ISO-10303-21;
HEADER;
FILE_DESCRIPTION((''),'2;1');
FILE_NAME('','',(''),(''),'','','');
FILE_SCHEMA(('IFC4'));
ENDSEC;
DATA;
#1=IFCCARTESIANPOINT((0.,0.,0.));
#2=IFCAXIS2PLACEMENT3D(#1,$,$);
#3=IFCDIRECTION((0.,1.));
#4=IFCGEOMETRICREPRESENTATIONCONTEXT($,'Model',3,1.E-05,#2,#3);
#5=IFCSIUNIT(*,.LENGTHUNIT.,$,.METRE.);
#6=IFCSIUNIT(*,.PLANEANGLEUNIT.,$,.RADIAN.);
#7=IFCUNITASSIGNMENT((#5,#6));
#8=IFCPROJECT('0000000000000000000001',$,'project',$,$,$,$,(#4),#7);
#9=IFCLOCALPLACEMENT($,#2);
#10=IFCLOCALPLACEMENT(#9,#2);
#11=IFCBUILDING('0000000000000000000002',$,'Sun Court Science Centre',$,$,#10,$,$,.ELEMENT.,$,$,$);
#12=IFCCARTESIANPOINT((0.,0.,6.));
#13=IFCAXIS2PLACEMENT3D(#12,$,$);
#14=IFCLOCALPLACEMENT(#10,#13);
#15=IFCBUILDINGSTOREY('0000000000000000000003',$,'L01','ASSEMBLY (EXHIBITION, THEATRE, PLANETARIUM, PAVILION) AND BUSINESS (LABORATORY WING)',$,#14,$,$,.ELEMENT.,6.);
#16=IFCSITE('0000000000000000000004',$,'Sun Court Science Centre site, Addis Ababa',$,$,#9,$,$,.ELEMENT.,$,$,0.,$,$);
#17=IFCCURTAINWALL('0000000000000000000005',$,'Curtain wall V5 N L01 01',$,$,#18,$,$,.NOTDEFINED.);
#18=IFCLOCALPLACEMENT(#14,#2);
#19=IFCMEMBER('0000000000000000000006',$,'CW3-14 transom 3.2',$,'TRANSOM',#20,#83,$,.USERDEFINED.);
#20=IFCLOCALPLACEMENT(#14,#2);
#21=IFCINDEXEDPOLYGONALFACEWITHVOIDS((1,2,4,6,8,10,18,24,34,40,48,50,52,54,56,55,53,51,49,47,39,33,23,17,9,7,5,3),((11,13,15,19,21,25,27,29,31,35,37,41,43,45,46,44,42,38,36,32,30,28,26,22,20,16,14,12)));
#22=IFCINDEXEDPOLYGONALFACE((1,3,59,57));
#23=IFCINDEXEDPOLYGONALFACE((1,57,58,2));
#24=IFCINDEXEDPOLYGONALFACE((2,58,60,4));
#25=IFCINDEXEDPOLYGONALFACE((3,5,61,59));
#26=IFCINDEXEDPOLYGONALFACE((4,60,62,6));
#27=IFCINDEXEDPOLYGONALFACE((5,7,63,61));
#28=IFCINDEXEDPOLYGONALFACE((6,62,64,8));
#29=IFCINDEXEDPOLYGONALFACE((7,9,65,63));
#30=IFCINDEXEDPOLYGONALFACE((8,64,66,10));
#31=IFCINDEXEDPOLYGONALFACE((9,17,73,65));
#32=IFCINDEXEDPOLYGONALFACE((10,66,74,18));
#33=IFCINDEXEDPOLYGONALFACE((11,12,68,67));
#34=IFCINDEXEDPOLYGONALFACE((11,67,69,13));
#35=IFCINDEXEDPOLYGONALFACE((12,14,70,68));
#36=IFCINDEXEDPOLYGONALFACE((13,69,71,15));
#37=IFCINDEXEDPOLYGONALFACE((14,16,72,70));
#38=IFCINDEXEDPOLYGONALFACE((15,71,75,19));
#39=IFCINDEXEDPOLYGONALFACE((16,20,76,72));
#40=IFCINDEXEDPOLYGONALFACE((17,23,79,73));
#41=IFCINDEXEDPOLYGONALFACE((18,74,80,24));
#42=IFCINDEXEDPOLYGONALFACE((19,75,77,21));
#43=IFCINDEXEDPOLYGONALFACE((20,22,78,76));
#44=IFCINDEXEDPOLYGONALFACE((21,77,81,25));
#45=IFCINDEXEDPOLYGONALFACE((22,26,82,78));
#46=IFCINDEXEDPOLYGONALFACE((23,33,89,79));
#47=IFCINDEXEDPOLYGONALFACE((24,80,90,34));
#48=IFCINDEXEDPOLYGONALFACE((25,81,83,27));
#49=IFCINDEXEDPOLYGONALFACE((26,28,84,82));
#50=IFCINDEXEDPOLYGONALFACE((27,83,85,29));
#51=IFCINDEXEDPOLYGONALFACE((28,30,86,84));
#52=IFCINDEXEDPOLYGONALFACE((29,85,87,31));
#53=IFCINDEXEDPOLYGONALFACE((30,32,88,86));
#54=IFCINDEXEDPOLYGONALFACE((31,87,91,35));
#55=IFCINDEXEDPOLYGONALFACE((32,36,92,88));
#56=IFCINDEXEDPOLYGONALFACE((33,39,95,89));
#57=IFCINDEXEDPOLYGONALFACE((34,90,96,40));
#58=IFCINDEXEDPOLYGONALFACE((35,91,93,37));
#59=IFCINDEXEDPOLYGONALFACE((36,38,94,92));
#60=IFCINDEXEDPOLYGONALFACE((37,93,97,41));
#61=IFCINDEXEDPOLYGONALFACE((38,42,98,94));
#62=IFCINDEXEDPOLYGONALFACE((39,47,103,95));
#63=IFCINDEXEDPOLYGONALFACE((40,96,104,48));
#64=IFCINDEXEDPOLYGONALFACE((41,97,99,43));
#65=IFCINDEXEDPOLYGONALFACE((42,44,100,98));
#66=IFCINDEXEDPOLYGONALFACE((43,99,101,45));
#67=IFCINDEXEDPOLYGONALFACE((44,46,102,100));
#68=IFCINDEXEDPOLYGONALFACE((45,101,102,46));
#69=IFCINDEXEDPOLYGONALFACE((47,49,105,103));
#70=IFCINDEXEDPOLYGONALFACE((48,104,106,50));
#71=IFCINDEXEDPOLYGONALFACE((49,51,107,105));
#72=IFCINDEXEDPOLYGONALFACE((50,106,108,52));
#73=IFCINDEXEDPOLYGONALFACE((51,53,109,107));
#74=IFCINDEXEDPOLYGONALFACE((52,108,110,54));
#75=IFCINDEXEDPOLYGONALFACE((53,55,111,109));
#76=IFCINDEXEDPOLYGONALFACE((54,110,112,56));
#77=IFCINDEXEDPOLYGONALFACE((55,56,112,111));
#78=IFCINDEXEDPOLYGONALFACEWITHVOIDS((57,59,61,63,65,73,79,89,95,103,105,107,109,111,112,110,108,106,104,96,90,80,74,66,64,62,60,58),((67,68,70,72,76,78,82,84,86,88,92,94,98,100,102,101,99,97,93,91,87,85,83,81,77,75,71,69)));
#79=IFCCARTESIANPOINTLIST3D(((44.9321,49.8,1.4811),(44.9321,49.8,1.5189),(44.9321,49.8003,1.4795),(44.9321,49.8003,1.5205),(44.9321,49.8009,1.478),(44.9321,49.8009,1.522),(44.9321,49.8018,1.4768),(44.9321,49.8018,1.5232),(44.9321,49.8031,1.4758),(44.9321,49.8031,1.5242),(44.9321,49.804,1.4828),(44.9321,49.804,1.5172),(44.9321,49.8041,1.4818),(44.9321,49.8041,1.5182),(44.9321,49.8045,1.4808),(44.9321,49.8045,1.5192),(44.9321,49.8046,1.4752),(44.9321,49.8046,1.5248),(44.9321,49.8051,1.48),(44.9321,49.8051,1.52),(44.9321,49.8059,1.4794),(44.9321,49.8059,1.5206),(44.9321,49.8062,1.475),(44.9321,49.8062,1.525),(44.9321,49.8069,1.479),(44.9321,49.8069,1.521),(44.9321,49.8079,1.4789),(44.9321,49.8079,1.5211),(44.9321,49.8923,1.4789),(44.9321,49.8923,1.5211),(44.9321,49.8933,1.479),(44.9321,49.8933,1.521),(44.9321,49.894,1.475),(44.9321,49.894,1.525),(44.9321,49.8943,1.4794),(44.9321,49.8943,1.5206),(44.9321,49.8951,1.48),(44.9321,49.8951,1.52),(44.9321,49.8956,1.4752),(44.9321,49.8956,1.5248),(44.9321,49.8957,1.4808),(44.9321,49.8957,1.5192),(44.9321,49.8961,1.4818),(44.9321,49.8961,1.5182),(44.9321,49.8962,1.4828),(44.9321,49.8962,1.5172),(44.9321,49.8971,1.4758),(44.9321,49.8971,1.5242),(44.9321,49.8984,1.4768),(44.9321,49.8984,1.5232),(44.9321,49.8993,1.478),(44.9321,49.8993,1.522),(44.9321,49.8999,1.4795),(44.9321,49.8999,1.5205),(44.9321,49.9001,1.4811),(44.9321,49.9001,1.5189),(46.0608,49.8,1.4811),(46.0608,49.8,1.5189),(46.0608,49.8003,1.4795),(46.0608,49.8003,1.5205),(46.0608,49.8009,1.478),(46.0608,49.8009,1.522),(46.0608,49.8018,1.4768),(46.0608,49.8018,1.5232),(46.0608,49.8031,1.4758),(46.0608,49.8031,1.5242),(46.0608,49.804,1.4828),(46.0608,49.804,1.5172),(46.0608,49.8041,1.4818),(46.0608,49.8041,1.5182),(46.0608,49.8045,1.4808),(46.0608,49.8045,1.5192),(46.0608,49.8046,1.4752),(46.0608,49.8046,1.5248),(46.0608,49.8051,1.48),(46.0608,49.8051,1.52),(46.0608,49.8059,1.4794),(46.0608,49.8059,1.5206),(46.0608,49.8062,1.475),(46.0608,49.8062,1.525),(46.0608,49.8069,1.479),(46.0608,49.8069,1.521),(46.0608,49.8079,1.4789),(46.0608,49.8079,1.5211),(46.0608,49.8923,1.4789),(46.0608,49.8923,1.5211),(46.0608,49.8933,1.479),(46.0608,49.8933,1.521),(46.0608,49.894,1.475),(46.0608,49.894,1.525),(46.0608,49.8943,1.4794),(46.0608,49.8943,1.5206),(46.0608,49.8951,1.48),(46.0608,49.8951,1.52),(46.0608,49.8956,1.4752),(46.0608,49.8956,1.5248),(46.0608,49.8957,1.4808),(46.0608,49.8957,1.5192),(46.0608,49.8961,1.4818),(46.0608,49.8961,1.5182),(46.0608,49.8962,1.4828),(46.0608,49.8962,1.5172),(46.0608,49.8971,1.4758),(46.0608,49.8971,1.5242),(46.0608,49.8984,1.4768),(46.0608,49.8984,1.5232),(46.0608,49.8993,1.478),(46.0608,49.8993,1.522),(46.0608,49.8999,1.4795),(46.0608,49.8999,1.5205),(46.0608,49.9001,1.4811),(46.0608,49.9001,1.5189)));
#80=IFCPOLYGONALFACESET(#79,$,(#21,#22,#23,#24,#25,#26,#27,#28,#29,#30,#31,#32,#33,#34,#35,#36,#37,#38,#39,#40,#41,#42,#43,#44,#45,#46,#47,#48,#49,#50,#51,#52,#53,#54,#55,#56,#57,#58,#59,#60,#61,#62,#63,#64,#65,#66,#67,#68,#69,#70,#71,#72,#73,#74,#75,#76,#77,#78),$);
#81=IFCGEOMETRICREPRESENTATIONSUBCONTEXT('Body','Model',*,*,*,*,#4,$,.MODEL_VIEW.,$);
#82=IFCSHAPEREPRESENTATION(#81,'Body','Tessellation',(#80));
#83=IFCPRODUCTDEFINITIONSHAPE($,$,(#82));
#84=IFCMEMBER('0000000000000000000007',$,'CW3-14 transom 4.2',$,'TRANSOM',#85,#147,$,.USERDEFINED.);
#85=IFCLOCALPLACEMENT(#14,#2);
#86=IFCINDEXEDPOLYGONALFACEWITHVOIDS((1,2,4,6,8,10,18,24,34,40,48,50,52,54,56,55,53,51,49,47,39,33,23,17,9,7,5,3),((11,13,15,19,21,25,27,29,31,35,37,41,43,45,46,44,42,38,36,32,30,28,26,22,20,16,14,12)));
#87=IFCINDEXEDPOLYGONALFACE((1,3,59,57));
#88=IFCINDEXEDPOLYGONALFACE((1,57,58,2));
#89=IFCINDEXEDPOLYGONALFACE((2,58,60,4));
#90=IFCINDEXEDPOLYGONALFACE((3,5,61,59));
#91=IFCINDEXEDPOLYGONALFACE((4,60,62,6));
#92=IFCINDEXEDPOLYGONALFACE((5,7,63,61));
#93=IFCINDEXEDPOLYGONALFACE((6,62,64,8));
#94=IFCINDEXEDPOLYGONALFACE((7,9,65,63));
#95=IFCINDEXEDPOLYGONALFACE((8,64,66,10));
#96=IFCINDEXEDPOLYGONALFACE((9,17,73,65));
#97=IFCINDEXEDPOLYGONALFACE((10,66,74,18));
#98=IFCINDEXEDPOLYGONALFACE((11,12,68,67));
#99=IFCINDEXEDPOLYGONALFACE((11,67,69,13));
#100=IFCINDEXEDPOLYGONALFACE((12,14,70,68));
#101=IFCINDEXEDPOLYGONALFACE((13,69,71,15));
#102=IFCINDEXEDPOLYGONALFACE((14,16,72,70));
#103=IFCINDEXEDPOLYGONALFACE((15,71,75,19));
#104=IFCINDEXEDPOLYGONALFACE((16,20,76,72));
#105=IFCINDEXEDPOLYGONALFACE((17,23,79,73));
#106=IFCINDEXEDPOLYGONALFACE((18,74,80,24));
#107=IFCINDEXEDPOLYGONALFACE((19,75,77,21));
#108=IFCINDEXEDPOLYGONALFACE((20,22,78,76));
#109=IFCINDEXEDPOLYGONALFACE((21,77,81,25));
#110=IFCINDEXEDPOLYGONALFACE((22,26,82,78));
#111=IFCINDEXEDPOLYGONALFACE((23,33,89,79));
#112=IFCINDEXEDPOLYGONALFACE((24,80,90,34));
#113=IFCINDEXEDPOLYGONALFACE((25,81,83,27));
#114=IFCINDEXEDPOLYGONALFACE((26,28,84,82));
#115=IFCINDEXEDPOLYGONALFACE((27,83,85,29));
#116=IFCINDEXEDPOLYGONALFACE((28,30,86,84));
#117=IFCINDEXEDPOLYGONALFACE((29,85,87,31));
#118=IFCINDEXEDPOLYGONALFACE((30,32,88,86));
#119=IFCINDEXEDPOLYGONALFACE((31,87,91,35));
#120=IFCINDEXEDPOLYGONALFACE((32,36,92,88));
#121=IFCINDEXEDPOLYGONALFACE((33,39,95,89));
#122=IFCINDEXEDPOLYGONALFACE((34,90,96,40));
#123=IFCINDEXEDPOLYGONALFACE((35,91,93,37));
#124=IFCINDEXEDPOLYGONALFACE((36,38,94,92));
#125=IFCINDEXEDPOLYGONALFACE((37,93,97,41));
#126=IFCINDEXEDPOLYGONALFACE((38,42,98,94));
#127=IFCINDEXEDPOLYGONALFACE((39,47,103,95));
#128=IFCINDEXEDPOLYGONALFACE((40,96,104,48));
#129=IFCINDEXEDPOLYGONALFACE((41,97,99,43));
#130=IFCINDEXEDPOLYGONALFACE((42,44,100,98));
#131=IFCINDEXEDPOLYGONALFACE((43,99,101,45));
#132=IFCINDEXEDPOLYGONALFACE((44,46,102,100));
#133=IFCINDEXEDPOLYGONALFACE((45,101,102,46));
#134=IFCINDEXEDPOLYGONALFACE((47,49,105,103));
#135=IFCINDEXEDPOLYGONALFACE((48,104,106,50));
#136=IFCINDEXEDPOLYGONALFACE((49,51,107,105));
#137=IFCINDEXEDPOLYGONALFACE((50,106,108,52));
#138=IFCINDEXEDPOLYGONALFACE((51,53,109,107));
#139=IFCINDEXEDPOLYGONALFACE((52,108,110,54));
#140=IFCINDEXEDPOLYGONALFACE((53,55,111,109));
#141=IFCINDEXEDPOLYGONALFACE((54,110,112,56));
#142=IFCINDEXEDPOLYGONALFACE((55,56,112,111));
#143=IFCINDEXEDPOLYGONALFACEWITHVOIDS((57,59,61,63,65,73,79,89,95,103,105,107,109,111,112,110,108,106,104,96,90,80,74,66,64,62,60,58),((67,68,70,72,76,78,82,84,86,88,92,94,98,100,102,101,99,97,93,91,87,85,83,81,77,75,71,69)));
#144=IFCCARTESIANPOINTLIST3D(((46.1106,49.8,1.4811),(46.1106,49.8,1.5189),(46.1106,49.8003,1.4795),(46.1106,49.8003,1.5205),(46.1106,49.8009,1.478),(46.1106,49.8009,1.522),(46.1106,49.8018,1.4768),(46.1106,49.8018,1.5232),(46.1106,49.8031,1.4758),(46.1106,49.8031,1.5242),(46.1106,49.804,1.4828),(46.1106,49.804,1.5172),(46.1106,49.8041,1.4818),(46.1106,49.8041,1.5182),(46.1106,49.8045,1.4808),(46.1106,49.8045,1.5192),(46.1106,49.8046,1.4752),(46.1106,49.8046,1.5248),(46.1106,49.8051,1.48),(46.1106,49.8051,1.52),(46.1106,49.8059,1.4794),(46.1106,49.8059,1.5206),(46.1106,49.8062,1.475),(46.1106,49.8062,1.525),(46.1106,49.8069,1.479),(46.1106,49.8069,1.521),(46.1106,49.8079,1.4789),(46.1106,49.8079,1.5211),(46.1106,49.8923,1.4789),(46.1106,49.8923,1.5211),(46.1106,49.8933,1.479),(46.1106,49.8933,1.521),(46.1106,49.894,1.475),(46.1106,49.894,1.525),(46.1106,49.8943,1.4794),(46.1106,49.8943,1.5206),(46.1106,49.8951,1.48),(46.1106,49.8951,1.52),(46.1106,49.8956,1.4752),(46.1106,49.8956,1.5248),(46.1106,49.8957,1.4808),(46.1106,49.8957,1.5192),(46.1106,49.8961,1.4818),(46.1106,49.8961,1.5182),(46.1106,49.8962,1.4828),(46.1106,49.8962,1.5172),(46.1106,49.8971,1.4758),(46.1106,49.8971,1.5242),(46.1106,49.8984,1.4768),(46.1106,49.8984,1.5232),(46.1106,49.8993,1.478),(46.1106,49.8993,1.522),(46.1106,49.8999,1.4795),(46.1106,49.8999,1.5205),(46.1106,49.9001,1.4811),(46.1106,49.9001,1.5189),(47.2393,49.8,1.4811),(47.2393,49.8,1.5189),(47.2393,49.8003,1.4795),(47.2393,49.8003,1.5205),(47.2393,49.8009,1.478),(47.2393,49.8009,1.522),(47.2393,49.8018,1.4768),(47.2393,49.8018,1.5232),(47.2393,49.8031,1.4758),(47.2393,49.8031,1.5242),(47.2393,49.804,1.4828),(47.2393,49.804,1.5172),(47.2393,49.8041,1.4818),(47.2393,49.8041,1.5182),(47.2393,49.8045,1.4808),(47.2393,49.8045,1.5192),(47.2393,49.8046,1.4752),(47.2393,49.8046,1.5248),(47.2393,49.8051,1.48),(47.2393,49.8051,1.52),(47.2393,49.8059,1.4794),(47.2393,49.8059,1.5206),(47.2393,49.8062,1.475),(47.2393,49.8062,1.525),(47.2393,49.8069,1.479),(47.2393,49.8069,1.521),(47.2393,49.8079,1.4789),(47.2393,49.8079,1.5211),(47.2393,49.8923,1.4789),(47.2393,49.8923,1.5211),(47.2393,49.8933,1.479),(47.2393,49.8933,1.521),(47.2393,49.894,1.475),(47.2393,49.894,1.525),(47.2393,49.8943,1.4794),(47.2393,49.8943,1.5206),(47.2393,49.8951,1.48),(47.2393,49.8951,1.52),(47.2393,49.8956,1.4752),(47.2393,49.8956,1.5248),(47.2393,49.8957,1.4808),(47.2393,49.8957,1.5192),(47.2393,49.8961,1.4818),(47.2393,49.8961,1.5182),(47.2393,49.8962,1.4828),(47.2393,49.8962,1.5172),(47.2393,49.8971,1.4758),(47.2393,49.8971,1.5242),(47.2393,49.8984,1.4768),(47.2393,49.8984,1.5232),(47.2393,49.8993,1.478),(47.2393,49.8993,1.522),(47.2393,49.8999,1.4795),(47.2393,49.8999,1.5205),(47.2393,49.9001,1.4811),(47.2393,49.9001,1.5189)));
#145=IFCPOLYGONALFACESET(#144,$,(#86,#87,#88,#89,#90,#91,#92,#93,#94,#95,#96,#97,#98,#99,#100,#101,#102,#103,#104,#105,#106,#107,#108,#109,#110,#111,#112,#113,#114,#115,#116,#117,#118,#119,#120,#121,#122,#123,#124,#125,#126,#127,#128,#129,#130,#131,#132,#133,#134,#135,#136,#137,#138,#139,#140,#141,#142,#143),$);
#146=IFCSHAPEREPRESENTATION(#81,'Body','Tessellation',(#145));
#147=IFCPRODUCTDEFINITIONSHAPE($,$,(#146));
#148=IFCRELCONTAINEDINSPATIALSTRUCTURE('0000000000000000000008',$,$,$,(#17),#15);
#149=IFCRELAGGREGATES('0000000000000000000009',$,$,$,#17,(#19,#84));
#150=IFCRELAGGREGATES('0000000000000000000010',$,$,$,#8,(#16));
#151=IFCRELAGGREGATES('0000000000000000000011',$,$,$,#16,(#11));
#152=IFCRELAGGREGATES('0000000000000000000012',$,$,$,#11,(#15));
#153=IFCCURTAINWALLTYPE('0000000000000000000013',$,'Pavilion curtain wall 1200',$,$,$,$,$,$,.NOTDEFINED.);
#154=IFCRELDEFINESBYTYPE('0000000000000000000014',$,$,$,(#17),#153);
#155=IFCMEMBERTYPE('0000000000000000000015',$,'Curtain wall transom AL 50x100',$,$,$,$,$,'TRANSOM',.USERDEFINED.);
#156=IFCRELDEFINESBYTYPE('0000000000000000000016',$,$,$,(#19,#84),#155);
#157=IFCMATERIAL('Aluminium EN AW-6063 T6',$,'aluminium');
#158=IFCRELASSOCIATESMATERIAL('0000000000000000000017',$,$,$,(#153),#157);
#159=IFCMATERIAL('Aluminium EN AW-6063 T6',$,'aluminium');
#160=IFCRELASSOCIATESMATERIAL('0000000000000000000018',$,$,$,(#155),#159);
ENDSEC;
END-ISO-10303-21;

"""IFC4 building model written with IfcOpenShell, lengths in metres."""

from ifc_helpers import new_model, si_unit, direction, frame, origin, origin_2d, place, context, subcontext, project, spatial, hollow_rectangle, extrude, material, material_profile, profile_set, type_object, element, aggregate, save


model = new_model("IFC4")

# Units and contexts
model_context = context("Model", 3, precision=1e-05, world=origin(), true_north=direction((0.0, 1.0)))
body_context = subcontext(model_context, "Body", "Model", "MODEL_VIEW")
ifc_project = project(units=[si_unit("LENGTHUNIT", "METRE"), si_unit("PLANEANGLEUNIT", "RADIAN")], contexts=[model_context])

# Site, building, storey
site_placement = place(None, origin())
site = spatial("IfcSite", under=ifc_project, at=site_placement, Name="Sun Court Science Centre site, Addis Ababa", CompositionType="ELEMENT", RefElevation=0.0)
building_placement = place(site_placement, origin())
building = spatial("IfcBuilding", under=site, at=building_placement, Name="Sun Court Science Centre", CompositionType="ELEMENT")
storey_placement = place(building_placement, frame((0.0, 0.0, 6.0)))
storey = spatial("IfcBuildingStorey", under=building, at=storey_placement, Name="L01", Description="ASSEMBLY (EXHIBITION, THEATRE, PLANETARIUM, PAVILION) AND BUSINESS (LABORATORY WING)", CompositionType="ELEMENT", Elevation=6.0)

# Curtain wall, members
ifc_material_1 = material(Name="Aluminium EN AW-6063 T6", Category="aluminium")
curtain_wall_type = type_object("IfcCurtainWallType", Name="Pavilion curtain wall 1200", PredefinedType="NOTDEFINED", material=ifc_material_1)
curtain_wall_placement = place(storey_placement, origin())
curtain_wall = element("IfcCurtainWall", 1, at=curtain_wall_placement, inside=storey, type_object=curtain_wall_type, Name="Curtain wall V5 N L01 01", PredefinedType="NOTDEFINED")
ifc_material_2 = material(Name="Aluminium EN AW-6063 T6", Category="aluminium")
ifc_material_profile_1 = material_profile(ifc_material_2, hollow_rectangle(XDim=0.05, YDim=0.1001, WallThickness=0.0039, InnerFilletRadius=0.0039, OuterFilletRadius=0.0061, at=origin_2d()), Name="AL 50x100x4")
ifc_profile_set_1 = profile_set([ifc_material_profile_1], Name="Aluminium EN AW-6063 T6")
member_type_1 = type_object("IfcMemberType", Name="Curtain wall transom AL 50x100", ElementType="TRANSOM", PredefinedType="USERDEFINED", material=ifc_profile_set_1)
member_1_placement = place(storey_placement, frame((44.9321, 49.8501, 1.5), z_axis=(1.0, 0.0, 0.0), x_axis=(0.0, 0.0, 1.0)))
member_1 = element("IfcMember", 2, at=member_1_placement, type_object=member_type_1, Name="CW3-14 transom 3.2", ObjectType="TRANSOM", PredefinedType="USERDEFINED", context=body_context, shape_type="SweptSolid", body=[
    extrude(hollow_rectangle(XDim=0.05, YDim=0.1001, WallThickness=0.0039, InnerFilletRadius=0.0039, OuterFilletRadius=0.0061, at=origin_2d()), origin(), (0.0, 0.0, 1.0), 1.1287),
])
member_2_placement = place(storey_placement, frame((46.1106, 49.8501, 1.5), z_axis=(1.0, 0.0, 0.0), x_axis=(0.0, 0.0, 1.0)))
member_2 = element("IfcMember", 3, at=member_2_placement, type_object=member_type_1, Name="CW3-14 transom 4.2", ObjectType="TRANSOM", PredefinedType="USERDEFINED", context=body_context, shape_type="SweptSolid", body=[
    extrude(hollow_rectangle(XDim=0.05, YDim=0.1001, WallThickness=0.0039, InnerFilletRadius=0.0039, OuterFilletRadius=0.0061, at=origin_2d()), origin(), (0.0, 0.0, 1.0), 1.1287),
])
aggregate(curtain_wall, [member_1, member_2])

save(model, "model.ifc")
